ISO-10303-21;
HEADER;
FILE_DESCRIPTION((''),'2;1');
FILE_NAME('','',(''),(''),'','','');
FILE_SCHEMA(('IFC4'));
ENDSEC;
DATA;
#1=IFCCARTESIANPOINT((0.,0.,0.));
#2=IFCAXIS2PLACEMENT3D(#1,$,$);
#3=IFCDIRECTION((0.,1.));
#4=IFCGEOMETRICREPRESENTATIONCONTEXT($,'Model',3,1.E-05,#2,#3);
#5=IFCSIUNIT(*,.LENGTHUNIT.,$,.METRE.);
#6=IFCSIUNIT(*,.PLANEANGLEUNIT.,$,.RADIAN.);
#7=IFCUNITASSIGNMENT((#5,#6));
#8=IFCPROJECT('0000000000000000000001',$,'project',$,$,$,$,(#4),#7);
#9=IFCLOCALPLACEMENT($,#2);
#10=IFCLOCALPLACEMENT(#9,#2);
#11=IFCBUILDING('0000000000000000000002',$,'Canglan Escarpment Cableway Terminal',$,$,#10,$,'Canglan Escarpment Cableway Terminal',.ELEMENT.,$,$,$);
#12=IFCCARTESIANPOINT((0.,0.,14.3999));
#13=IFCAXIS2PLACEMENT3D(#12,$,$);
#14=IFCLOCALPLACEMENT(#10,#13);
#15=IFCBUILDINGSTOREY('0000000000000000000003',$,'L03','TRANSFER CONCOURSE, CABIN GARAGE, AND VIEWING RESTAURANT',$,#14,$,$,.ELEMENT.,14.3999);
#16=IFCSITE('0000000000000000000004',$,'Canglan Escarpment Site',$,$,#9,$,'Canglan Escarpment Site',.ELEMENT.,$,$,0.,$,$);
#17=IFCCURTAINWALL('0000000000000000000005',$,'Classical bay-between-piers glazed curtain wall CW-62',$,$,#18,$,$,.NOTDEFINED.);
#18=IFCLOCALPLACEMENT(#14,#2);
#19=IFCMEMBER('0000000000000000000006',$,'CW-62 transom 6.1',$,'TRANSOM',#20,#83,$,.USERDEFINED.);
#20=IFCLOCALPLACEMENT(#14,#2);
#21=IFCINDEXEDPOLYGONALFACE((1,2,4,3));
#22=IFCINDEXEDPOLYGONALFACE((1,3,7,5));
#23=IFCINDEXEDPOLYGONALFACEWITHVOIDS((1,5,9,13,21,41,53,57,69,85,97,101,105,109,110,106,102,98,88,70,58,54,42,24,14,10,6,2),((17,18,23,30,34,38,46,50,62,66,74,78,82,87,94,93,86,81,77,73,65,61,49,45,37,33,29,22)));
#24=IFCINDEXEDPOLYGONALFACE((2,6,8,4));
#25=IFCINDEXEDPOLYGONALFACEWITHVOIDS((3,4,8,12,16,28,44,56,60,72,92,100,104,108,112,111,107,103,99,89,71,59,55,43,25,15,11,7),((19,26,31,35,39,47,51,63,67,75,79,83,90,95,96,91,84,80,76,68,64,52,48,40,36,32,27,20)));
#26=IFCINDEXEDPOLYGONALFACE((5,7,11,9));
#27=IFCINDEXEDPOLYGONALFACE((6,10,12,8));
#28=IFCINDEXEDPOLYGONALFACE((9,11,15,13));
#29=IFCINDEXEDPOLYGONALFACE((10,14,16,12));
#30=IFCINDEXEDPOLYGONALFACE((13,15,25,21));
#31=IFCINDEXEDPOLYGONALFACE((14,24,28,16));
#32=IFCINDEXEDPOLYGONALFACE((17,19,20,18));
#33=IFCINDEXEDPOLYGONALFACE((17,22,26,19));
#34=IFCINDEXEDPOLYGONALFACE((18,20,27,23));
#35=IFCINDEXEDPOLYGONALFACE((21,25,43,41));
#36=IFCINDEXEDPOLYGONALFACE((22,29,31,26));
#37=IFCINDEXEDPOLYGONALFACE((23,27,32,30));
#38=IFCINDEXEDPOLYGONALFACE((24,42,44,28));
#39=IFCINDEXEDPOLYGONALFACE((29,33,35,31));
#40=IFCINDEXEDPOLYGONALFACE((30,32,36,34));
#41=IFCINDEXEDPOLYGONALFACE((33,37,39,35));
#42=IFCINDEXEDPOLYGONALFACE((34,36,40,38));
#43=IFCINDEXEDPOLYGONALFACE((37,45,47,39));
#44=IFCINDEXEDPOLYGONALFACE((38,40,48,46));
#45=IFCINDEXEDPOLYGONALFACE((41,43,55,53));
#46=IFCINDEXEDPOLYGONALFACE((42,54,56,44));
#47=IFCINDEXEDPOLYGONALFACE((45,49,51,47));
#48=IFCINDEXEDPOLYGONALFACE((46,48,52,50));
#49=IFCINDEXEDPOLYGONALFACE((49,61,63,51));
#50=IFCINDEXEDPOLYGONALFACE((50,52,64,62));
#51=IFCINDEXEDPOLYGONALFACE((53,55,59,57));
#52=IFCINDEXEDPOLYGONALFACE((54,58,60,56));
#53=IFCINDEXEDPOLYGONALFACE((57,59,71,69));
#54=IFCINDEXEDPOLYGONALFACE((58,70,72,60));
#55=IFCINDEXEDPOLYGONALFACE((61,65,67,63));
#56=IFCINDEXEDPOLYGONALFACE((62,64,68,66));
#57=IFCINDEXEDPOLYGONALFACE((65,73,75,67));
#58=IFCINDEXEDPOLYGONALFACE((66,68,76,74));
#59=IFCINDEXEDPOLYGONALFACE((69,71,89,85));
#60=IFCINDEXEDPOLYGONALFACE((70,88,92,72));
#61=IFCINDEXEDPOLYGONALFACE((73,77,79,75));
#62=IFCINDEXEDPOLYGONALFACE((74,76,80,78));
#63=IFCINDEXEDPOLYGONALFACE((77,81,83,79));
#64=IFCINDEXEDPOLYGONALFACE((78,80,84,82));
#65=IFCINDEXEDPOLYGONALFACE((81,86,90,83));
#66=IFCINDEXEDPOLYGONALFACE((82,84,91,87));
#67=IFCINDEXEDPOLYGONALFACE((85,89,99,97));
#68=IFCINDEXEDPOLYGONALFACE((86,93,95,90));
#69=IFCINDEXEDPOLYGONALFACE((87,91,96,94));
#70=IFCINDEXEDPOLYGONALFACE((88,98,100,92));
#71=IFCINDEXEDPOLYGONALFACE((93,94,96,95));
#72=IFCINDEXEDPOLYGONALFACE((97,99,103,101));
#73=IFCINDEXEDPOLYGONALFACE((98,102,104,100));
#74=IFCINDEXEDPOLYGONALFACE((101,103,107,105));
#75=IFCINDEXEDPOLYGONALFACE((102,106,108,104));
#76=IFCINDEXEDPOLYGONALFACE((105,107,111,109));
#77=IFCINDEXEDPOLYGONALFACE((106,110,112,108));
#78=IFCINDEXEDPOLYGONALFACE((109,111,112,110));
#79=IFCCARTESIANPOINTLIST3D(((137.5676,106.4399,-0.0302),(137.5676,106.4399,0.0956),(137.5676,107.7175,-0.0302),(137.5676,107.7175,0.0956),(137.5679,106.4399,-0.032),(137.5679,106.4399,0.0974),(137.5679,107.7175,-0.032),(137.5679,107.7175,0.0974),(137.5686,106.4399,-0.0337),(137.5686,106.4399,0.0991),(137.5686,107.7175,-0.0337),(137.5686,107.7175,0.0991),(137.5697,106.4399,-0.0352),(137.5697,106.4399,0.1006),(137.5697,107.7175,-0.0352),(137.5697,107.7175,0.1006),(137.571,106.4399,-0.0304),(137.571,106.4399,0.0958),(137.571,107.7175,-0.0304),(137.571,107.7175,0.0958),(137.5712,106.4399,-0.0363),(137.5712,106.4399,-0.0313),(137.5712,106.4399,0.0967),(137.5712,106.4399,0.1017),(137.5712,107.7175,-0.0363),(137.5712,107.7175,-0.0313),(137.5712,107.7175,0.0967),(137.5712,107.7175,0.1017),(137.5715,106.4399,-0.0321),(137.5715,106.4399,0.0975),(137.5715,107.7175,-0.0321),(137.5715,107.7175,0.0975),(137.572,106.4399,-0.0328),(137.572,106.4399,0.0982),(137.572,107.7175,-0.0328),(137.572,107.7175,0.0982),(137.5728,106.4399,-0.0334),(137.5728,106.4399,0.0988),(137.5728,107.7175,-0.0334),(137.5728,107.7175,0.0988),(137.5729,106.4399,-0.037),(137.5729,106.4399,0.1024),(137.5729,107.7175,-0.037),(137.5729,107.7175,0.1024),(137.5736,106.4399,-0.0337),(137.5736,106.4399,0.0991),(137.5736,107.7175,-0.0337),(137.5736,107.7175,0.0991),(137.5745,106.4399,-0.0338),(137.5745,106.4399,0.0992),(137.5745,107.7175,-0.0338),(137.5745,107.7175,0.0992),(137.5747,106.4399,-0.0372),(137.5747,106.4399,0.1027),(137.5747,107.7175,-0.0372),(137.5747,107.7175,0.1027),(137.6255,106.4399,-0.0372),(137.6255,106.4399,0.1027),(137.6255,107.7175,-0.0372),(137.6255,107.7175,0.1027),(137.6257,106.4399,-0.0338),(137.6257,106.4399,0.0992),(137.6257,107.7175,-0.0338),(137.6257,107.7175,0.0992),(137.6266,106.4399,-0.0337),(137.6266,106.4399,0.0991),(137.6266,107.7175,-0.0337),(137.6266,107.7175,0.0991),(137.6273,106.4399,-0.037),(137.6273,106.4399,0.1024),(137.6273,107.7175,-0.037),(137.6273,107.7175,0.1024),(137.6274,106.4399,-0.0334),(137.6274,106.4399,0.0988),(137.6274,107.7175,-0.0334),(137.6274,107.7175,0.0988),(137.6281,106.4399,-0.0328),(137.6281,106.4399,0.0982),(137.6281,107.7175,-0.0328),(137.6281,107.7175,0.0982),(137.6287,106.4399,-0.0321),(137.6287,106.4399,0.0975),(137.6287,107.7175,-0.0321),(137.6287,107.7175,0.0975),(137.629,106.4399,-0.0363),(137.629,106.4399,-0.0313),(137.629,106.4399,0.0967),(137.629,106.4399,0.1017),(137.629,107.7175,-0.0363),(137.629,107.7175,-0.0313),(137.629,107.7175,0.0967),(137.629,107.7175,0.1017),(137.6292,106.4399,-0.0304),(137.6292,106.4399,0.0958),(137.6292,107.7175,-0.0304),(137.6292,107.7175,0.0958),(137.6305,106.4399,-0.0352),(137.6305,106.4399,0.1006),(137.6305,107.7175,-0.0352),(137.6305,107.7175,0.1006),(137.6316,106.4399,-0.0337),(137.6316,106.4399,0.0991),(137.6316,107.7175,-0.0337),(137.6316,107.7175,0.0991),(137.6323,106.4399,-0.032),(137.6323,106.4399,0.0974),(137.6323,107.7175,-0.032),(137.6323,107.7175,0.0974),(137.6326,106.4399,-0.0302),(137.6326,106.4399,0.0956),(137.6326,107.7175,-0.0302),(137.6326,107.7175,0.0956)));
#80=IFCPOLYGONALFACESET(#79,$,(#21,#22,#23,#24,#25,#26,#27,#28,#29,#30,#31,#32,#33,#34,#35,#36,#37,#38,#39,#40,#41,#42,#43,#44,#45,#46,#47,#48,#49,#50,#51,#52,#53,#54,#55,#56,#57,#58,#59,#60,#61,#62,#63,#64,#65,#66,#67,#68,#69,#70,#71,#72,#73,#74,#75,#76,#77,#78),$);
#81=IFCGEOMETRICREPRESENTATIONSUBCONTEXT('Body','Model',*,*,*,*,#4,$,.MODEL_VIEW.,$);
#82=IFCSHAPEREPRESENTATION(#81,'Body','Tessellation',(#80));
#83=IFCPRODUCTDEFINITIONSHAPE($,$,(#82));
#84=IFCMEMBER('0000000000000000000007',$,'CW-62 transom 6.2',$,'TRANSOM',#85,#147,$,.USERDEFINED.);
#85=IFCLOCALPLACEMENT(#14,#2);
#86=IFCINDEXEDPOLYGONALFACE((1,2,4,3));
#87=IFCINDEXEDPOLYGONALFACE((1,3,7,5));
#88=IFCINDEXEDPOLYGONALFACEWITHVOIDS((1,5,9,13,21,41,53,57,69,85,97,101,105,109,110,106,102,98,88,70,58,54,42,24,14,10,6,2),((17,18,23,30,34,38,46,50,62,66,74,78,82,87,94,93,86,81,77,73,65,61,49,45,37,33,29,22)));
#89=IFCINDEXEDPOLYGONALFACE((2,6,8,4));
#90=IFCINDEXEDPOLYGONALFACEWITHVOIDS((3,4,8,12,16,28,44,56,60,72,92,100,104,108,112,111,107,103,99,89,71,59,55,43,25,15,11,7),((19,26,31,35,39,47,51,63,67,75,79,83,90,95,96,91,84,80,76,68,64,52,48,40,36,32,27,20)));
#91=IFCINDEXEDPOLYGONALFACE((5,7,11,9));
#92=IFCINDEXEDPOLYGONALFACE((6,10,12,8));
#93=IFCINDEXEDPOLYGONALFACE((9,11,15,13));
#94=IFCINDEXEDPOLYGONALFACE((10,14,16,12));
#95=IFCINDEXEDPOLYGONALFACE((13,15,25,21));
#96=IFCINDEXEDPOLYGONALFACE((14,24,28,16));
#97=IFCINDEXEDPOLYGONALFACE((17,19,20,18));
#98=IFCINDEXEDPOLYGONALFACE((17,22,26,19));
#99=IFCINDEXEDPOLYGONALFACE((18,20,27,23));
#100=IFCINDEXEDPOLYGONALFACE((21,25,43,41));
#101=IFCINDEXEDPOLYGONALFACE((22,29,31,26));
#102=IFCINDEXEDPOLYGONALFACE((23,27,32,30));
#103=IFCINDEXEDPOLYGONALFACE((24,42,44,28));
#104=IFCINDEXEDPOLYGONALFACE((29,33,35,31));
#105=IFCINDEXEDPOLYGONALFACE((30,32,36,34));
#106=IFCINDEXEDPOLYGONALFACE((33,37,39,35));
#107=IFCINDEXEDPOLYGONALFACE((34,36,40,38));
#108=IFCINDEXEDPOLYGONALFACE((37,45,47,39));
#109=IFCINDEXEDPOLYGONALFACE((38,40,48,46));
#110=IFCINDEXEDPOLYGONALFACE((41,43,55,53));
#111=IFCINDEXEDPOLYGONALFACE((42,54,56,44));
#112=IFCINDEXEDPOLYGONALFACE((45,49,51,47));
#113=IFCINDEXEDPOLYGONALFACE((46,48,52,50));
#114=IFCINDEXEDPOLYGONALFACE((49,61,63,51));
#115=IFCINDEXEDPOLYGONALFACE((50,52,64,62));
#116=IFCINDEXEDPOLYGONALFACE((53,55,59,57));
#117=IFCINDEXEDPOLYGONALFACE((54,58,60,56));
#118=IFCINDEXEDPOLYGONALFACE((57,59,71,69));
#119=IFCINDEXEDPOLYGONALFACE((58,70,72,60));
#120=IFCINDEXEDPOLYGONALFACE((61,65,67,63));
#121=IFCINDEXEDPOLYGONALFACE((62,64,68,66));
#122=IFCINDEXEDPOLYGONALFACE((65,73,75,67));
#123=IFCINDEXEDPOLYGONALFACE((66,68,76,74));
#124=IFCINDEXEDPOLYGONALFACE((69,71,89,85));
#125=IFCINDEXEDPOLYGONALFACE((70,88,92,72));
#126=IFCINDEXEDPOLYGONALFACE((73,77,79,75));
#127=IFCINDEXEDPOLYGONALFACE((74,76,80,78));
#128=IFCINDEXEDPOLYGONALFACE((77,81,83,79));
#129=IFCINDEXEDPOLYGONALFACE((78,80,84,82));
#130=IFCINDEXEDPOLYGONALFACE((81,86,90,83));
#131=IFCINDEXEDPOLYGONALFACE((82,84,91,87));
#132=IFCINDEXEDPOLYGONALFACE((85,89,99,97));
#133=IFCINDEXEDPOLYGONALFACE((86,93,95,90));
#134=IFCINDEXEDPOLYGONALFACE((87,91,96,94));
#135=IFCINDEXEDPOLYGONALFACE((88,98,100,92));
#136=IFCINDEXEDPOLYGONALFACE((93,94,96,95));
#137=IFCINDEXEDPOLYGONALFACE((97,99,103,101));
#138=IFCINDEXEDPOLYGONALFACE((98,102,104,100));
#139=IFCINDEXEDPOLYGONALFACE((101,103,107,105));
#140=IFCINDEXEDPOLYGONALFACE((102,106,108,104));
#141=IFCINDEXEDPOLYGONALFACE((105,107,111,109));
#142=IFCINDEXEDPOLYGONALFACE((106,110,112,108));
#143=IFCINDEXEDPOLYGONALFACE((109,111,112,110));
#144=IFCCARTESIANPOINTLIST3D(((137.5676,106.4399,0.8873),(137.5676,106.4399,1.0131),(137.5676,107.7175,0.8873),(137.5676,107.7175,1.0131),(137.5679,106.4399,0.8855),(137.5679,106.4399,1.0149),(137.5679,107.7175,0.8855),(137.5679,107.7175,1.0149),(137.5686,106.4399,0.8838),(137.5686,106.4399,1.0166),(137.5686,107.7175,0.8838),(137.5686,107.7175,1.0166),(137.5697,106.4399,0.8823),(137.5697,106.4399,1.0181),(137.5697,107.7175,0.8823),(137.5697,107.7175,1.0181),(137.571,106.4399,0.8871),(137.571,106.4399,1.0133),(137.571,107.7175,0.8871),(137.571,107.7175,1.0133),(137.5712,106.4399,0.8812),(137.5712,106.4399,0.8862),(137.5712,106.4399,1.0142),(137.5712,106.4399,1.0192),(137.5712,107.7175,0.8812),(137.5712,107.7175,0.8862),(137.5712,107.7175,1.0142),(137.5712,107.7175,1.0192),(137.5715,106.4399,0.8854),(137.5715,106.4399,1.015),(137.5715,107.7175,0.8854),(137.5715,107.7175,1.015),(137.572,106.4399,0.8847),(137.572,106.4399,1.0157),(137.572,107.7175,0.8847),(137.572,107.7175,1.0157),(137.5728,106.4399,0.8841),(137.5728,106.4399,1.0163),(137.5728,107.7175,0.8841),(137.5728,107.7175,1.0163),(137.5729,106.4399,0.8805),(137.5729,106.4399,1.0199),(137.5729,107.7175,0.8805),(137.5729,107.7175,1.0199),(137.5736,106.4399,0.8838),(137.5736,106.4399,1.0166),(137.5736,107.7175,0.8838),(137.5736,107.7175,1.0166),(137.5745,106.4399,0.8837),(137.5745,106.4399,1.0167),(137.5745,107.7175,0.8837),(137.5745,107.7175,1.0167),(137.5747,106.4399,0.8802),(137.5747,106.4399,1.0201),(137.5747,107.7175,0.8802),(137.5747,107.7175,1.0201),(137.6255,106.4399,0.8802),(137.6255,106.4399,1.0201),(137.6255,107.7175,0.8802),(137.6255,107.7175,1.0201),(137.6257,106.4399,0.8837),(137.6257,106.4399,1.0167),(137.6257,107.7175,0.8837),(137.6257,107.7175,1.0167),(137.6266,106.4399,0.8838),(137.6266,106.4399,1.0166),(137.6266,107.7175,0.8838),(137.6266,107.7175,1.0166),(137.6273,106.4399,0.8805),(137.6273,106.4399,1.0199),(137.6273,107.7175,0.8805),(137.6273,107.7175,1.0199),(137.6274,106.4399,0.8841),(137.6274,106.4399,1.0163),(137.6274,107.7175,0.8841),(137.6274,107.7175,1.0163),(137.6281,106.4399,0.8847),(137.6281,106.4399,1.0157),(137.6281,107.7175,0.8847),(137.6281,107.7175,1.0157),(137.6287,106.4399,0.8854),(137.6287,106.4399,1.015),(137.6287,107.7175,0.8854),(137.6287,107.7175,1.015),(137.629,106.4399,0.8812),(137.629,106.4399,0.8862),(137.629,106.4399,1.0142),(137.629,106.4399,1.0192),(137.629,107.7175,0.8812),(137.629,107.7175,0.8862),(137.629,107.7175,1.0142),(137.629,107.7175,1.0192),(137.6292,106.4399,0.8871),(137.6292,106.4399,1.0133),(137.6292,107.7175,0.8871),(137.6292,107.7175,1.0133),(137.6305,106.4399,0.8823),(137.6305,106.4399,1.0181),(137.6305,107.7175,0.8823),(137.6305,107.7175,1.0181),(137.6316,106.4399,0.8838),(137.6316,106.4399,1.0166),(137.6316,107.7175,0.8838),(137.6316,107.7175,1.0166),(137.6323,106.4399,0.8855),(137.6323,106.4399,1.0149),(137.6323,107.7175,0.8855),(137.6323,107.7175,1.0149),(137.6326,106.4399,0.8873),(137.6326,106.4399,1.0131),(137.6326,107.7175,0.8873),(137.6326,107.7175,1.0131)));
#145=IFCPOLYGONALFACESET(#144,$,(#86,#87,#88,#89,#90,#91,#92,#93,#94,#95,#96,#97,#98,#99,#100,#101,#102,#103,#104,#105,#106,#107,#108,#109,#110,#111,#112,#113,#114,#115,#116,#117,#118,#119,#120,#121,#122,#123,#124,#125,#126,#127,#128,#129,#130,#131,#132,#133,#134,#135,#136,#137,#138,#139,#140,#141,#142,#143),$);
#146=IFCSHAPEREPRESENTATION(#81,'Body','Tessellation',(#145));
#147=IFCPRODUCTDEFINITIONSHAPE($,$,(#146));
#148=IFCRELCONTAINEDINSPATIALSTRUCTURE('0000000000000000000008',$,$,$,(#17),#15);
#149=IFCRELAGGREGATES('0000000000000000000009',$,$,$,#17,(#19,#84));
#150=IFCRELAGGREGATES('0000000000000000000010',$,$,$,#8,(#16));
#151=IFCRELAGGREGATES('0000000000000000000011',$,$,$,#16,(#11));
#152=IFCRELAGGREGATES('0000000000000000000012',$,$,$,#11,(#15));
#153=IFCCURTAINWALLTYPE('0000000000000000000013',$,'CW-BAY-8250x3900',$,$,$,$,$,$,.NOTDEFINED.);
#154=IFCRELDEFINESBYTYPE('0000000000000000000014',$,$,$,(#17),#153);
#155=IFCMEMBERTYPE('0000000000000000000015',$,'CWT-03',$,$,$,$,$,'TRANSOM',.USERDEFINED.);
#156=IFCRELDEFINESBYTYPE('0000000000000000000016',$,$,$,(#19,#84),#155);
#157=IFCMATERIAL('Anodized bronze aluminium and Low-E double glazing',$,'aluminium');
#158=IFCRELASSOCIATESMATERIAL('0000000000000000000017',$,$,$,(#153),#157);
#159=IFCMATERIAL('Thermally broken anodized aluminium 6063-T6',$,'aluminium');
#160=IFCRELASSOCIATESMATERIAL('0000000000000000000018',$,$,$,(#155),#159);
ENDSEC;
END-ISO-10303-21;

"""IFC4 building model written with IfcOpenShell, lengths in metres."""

from ifc_helpers import new_model, si_unit, direction, frame, origin, origin_2d, place, context, subcontext, project, spatial, hollow_rectangle, extrude, material, material_profile, profile_set, type_object, element, aggregate, save


model = new_model("IFC4")

# Units and contexts
model_context = context("Model", 3, precision=1e-05, world=origin(), true_north=direction((0.0, 1.0)))
body_context = subcontext(model_context, "Body", "Model", "MODEL_VIEW")
ifc_project = project(units=[si_unit("LENGTHUNIT", "METRE"), si_unit("PLANEANGLEUNIT", "RADIAN")], contexts=[model_context])

# Site, building, storey
site_placement = place(None, origin())
site = spatial("IfcSite", under=ifc_project, at=site_placement, Name="Canglan Escarpment Site", LongName="Canglan Escarpment Site", CompositionType="ELEMENT", RefElevation=0.0)
building_placement = place(site_placement, origin())
building = spatial("IfcBuilding", under=site, at=building_placement, Name="Canglan Escarpment Cableway Terminal", LongName="Canglan Escarpment Cableway Terminal", CompositionType="ELEMENT")
storey_placement = place(building_placement, frame((0.0, 0.0, 14.3999)))
storey = spatial("IfcBuildingStorey", under=building, at=storey_placement, Name="L03", Description="TRANSFER CONCOURSE, CABIN GARAGE, AND VIEWING RESTAURANT", CompositionType="ELEMENT", Elevation=14.3999)

# Shared definitions
ifc_material_1 = material(Name="Anodized bronze aluminium and Low-E double glazing", Category="aluminium")
ifc_material_2 = material(Name="Thermally broken anodized aluminium 6063-T6", Category="aluminium")

# Curtain wall, members
curtain_wall_type_1 = type_object("IfcCurtainWallType", Name="CW-BAY-8250x3900", PredefinedType="NOTDEFINED", material=ifc_material_1)
curtain_wall_1_placement = place(storey_placement, origin())
curtain_wall_1 = element("IfcCurtainWall", 1, at=curtain_wall_1_placement, inside=storey, type_object=curtain_wall_type_1, Name="Classical bay-between-piers glazed curtain wall CW-62", PredefinedType="NOTDEFINED")
ifc_material_profile_1 = material_profile(ifc_material_2, hollow_rectangle(XDim=0.0649, YDim=0.1399, WallThickness=0.0034, InnerFilletRadius=0.0034, OuterFilletRadius=0.0071, at=origin_2d()), Name="ALU-TRAN 65x140x3.5")
ifc_profile_set_1 = profile_set([ifc_material_profile_1], Name="Thermally broken anodized aluminium 6063-T6")
member_type_1 = type_object("IfcMemberType", Name="CWT-03", ElementType="TRANSOM", PredefinedType="USERDEFINED", material=ifc_profile_set_1)
member_1_placement = place(storey_placement, frame((137.6001, 107.7175, 0.0327), z_axis=(0.0, -1.0, 0.0), x_axis=(1.0, 0.0, 0.0)))
member_1 = element("IfcMember", 2, at=member_1_placement, type_object=member_type_1, Name="CW-62 transom 6.1", ObjectType="TRANSOM", PredefinedType="USERDEFINED", context=body_context, shape_type="SweptSolid", body=[
    extrude(hollow_rectangle(XDim=0.0649, YDim=0.1399, WallThickness=0.0034, InnerFilletRadius=0.0034, OuterFilletRadius=0.0071, at=origin_2d()), origin(), (0.0, 0.0, 1.0), 1.2776),
])
member_2_placement = place(storey_placement, frame((137.6001, 107.7175, 0.9502), z_axis=(0.0, -1.0, 0.0), x_axis=(1.0, 0.0, 0.0)))
member_2 = element("IfcMember", 3, at=member_2_placement, type_object=member_type_1, Name="CW-62 transom 6.2", ObjectType="TRANSOM", PredefinedType="USERDEFINED", context=body_context, shape_type="SweptSolid", body=[
    extrude(hollow_rectangle(XDim=0.0649, YDim=0.1399, WallThickness=0.0034, InnerFilletRadius=0.0034, OuterFilletRadius=0.0071, at=origin_2d()), origin(), (0.0, 0.0, 1.0), 1.2776),
])
aggregate(curtain_wall_1, [member_1, member_2])

save(model, "model.ifc")
